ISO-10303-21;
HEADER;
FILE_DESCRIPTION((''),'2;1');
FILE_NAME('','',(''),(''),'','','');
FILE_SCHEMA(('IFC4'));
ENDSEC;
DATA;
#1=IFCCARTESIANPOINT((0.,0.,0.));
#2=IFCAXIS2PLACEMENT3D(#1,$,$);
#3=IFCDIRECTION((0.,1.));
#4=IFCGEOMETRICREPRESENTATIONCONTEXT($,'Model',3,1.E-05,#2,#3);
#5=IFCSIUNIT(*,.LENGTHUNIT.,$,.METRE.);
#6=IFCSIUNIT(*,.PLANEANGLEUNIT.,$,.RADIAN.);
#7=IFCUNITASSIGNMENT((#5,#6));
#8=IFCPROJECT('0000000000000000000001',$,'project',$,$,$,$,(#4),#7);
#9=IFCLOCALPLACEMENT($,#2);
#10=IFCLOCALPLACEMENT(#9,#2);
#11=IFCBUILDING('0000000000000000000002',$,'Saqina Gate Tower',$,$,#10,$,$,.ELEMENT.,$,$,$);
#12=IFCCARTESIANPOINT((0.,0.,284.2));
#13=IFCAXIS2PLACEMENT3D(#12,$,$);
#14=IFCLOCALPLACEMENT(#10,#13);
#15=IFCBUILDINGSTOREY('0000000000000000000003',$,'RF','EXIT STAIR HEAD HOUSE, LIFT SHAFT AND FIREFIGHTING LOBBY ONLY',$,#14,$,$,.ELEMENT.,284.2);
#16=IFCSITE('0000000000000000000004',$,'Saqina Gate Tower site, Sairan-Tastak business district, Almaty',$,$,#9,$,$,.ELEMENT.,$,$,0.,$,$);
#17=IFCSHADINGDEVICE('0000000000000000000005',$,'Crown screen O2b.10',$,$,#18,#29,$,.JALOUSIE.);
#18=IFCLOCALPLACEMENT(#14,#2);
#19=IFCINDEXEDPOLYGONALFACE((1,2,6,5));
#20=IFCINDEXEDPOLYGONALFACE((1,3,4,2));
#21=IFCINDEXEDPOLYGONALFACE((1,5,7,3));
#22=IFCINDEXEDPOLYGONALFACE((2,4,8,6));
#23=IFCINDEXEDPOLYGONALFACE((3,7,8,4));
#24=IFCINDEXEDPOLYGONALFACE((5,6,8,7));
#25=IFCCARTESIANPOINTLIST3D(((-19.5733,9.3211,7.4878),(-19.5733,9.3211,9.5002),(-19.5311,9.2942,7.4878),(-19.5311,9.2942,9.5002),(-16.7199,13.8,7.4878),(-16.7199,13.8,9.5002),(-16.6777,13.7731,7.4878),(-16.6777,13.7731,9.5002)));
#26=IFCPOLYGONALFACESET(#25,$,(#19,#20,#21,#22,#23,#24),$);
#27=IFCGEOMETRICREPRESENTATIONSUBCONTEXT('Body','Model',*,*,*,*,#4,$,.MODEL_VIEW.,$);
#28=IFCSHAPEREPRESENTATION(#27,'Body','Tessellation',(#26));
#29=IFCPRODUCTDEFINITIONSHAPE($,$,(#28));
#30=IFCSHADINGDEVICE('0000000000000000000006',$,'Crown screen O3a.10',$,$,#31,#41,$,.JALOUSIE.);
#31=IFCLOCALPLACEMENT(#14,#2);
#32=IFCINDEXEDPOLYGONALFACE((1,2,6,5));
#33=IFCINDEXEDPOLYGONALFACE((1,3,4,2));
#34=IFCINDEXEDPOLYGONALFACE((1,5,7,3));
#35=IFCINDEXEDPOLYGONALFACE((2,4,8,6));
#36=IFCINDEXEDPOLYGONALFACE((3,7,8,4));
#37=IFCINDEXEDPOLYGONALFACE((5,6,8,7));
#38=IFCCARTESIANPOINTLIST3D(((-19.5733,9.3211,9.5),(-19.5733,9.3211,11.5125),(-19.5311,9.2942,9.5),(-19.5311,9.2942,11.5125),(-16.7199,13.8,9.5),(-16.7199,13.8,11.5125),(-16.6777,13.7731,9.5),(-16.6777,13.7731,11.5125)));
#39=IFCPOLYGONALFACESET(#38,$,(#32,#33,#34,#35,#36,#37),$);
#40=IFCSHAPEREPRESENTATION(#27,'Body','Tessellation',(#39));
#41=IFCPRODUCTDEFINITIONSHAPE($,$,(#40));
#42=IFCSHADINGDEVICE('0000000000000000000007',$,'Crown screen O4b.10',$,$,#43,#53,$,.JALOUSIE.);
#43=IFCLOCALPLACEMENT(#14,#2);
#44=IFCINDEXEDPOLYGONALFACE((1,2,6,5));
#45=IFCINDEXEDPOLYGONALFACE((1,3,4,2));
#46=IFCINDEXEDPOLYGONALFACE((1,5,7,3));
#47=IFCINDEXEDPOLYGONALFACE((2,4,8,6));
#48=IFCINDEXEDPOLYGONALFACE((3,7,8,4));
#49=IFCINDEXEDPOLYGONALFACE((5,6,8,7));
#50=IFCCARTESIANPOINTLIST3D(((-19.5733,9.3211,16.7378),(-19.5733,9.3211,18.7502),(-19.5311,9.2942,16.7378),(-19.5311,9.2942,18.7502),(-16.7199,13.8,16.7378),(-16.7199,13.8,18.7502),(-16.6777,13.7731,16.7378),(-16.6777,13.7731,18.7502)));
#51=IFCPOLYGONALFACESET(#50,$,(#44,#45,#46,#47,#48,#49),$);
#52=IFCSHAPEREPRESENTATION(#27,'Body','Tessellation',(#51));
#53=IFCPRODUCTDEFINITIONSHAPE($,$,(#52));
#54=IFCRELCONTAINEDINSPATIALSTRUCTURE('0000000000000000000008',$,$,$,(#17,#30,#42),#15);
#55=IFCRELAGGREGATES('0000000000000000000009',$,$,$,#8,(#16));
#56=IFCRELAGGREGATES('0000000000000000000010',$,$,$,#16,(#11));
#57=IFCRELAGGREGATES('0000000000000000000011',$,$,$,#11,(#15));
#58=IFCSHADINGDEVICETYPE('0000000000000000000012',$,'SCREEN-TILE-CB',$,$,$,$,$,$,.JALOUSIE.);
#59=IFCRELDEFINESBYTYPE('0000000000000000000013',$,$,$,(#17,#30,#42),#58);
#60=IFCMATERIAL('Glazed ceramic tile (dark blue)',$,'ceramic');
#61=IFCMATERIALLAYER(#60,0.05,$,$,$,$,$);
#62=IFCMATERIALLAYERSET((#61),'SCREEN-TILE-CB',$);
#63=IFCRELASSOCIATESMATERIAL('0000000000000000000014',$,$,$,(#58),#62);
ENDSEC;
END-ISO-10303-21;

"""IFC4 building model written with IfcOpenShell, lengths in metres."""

from ifc_helpers import new_model, si_unit, direction, frame, origin, origin_2d, place, context, subcontext, project, spatial, rectangle, extrude, material, layer, layer_set, type_object, element, save


model = new_model("IFC4")

# Units and contexts
model_context = context("Model", 3, precision=1e-05, world=origin(), true_north=direction((0.0, 1.0)))
body_context = subcontext(model_context, "Body", "Model", "MODEL_VIEW")
ifc_project = project(units=[si_unit("LENGTHUNIT", "METRE"), si_unit("PLANEANGLEUNIT", "RADIAN")], contexts=[model_context])

# Site, building, storey
site_placement = place(None, origin())
site = spatial("IfcSite", under=ifc_project, at=site_placement, Name="Saqina Gate Tower site, Sairan-Tastak business district, Almaty", CompositionType="ELEMENT", RefElevation=0.0)
building_placement = place(site_placement, origin())
building = spatial("IfcBuilding", under=site, at=building_placement, Name="Saqina Gate Tower", CompositionType="ELEMENT")
storey_placement = place(building_placement, frame((0.0, 0.0, 284.2)))
storey = spatial("IfcBuildingStorey", under=building, at=storey_placement, Name="RF", Description="EXIT STAIR HEAD HOUSE, LIFT SHAFT AND FIREFIGHTING LOBBY ONLY", CompositionType="ELEMENT", Elevation=284.2)

# Shading devices
ifc_material_1 = material(Name="Glazed ceramic tile (dark blue)", Category="ceramic")
ifc_layer_1 = layer(ifc_material_1, 0.05)
ifc_layer_set_1 = layer_set([ifc_layer_1], Name="SCREEN-TILE-CB")
shading_device_type_1 = type_object("IfcShadingDeviceType", Name="SCREEN-TILE-CB", PredefinedType="JALOUSIE", material=ifc_layer_set_1)
for number, where, z_axis, x_axis, name in (
    (1, (-18.1255, 11.5471, 7.4878), (0.0, 0.0, 1.0), (-0.5373, -0.843391, 0.0), "Crown screen O2b.10"),
    (2, (-18.1255, 11.5471, 9.5), (0.0, 0.0, 1.0), (-0.5373, -0.843391, 0.0), "Crown screen O3a.10"),
    (3, (-18.1255, 11.5471, 16.7378), (0.0, 0.0, 1.0), (-0.5373, -0.843391, 0.0), "Crown screen O4b.10"),
):
    element("IfcShadingDevice", number, at=place(storey_placement, frame(where, z_axis=z_axis, x_axis=x_axis)), inside=storey, type_object=shading_device_type_1, Name=name, PredefinedType="JALOUSIE", context=body_context, shape_type="SweptSolid", body=[
        extrude(rectangle(XDim=5.3105, YDim=0.05, at=origin_2d()), origin(), (0.0, 0.0, 1.0), 2.0125),
    ])

save(model, "model.ifc")
